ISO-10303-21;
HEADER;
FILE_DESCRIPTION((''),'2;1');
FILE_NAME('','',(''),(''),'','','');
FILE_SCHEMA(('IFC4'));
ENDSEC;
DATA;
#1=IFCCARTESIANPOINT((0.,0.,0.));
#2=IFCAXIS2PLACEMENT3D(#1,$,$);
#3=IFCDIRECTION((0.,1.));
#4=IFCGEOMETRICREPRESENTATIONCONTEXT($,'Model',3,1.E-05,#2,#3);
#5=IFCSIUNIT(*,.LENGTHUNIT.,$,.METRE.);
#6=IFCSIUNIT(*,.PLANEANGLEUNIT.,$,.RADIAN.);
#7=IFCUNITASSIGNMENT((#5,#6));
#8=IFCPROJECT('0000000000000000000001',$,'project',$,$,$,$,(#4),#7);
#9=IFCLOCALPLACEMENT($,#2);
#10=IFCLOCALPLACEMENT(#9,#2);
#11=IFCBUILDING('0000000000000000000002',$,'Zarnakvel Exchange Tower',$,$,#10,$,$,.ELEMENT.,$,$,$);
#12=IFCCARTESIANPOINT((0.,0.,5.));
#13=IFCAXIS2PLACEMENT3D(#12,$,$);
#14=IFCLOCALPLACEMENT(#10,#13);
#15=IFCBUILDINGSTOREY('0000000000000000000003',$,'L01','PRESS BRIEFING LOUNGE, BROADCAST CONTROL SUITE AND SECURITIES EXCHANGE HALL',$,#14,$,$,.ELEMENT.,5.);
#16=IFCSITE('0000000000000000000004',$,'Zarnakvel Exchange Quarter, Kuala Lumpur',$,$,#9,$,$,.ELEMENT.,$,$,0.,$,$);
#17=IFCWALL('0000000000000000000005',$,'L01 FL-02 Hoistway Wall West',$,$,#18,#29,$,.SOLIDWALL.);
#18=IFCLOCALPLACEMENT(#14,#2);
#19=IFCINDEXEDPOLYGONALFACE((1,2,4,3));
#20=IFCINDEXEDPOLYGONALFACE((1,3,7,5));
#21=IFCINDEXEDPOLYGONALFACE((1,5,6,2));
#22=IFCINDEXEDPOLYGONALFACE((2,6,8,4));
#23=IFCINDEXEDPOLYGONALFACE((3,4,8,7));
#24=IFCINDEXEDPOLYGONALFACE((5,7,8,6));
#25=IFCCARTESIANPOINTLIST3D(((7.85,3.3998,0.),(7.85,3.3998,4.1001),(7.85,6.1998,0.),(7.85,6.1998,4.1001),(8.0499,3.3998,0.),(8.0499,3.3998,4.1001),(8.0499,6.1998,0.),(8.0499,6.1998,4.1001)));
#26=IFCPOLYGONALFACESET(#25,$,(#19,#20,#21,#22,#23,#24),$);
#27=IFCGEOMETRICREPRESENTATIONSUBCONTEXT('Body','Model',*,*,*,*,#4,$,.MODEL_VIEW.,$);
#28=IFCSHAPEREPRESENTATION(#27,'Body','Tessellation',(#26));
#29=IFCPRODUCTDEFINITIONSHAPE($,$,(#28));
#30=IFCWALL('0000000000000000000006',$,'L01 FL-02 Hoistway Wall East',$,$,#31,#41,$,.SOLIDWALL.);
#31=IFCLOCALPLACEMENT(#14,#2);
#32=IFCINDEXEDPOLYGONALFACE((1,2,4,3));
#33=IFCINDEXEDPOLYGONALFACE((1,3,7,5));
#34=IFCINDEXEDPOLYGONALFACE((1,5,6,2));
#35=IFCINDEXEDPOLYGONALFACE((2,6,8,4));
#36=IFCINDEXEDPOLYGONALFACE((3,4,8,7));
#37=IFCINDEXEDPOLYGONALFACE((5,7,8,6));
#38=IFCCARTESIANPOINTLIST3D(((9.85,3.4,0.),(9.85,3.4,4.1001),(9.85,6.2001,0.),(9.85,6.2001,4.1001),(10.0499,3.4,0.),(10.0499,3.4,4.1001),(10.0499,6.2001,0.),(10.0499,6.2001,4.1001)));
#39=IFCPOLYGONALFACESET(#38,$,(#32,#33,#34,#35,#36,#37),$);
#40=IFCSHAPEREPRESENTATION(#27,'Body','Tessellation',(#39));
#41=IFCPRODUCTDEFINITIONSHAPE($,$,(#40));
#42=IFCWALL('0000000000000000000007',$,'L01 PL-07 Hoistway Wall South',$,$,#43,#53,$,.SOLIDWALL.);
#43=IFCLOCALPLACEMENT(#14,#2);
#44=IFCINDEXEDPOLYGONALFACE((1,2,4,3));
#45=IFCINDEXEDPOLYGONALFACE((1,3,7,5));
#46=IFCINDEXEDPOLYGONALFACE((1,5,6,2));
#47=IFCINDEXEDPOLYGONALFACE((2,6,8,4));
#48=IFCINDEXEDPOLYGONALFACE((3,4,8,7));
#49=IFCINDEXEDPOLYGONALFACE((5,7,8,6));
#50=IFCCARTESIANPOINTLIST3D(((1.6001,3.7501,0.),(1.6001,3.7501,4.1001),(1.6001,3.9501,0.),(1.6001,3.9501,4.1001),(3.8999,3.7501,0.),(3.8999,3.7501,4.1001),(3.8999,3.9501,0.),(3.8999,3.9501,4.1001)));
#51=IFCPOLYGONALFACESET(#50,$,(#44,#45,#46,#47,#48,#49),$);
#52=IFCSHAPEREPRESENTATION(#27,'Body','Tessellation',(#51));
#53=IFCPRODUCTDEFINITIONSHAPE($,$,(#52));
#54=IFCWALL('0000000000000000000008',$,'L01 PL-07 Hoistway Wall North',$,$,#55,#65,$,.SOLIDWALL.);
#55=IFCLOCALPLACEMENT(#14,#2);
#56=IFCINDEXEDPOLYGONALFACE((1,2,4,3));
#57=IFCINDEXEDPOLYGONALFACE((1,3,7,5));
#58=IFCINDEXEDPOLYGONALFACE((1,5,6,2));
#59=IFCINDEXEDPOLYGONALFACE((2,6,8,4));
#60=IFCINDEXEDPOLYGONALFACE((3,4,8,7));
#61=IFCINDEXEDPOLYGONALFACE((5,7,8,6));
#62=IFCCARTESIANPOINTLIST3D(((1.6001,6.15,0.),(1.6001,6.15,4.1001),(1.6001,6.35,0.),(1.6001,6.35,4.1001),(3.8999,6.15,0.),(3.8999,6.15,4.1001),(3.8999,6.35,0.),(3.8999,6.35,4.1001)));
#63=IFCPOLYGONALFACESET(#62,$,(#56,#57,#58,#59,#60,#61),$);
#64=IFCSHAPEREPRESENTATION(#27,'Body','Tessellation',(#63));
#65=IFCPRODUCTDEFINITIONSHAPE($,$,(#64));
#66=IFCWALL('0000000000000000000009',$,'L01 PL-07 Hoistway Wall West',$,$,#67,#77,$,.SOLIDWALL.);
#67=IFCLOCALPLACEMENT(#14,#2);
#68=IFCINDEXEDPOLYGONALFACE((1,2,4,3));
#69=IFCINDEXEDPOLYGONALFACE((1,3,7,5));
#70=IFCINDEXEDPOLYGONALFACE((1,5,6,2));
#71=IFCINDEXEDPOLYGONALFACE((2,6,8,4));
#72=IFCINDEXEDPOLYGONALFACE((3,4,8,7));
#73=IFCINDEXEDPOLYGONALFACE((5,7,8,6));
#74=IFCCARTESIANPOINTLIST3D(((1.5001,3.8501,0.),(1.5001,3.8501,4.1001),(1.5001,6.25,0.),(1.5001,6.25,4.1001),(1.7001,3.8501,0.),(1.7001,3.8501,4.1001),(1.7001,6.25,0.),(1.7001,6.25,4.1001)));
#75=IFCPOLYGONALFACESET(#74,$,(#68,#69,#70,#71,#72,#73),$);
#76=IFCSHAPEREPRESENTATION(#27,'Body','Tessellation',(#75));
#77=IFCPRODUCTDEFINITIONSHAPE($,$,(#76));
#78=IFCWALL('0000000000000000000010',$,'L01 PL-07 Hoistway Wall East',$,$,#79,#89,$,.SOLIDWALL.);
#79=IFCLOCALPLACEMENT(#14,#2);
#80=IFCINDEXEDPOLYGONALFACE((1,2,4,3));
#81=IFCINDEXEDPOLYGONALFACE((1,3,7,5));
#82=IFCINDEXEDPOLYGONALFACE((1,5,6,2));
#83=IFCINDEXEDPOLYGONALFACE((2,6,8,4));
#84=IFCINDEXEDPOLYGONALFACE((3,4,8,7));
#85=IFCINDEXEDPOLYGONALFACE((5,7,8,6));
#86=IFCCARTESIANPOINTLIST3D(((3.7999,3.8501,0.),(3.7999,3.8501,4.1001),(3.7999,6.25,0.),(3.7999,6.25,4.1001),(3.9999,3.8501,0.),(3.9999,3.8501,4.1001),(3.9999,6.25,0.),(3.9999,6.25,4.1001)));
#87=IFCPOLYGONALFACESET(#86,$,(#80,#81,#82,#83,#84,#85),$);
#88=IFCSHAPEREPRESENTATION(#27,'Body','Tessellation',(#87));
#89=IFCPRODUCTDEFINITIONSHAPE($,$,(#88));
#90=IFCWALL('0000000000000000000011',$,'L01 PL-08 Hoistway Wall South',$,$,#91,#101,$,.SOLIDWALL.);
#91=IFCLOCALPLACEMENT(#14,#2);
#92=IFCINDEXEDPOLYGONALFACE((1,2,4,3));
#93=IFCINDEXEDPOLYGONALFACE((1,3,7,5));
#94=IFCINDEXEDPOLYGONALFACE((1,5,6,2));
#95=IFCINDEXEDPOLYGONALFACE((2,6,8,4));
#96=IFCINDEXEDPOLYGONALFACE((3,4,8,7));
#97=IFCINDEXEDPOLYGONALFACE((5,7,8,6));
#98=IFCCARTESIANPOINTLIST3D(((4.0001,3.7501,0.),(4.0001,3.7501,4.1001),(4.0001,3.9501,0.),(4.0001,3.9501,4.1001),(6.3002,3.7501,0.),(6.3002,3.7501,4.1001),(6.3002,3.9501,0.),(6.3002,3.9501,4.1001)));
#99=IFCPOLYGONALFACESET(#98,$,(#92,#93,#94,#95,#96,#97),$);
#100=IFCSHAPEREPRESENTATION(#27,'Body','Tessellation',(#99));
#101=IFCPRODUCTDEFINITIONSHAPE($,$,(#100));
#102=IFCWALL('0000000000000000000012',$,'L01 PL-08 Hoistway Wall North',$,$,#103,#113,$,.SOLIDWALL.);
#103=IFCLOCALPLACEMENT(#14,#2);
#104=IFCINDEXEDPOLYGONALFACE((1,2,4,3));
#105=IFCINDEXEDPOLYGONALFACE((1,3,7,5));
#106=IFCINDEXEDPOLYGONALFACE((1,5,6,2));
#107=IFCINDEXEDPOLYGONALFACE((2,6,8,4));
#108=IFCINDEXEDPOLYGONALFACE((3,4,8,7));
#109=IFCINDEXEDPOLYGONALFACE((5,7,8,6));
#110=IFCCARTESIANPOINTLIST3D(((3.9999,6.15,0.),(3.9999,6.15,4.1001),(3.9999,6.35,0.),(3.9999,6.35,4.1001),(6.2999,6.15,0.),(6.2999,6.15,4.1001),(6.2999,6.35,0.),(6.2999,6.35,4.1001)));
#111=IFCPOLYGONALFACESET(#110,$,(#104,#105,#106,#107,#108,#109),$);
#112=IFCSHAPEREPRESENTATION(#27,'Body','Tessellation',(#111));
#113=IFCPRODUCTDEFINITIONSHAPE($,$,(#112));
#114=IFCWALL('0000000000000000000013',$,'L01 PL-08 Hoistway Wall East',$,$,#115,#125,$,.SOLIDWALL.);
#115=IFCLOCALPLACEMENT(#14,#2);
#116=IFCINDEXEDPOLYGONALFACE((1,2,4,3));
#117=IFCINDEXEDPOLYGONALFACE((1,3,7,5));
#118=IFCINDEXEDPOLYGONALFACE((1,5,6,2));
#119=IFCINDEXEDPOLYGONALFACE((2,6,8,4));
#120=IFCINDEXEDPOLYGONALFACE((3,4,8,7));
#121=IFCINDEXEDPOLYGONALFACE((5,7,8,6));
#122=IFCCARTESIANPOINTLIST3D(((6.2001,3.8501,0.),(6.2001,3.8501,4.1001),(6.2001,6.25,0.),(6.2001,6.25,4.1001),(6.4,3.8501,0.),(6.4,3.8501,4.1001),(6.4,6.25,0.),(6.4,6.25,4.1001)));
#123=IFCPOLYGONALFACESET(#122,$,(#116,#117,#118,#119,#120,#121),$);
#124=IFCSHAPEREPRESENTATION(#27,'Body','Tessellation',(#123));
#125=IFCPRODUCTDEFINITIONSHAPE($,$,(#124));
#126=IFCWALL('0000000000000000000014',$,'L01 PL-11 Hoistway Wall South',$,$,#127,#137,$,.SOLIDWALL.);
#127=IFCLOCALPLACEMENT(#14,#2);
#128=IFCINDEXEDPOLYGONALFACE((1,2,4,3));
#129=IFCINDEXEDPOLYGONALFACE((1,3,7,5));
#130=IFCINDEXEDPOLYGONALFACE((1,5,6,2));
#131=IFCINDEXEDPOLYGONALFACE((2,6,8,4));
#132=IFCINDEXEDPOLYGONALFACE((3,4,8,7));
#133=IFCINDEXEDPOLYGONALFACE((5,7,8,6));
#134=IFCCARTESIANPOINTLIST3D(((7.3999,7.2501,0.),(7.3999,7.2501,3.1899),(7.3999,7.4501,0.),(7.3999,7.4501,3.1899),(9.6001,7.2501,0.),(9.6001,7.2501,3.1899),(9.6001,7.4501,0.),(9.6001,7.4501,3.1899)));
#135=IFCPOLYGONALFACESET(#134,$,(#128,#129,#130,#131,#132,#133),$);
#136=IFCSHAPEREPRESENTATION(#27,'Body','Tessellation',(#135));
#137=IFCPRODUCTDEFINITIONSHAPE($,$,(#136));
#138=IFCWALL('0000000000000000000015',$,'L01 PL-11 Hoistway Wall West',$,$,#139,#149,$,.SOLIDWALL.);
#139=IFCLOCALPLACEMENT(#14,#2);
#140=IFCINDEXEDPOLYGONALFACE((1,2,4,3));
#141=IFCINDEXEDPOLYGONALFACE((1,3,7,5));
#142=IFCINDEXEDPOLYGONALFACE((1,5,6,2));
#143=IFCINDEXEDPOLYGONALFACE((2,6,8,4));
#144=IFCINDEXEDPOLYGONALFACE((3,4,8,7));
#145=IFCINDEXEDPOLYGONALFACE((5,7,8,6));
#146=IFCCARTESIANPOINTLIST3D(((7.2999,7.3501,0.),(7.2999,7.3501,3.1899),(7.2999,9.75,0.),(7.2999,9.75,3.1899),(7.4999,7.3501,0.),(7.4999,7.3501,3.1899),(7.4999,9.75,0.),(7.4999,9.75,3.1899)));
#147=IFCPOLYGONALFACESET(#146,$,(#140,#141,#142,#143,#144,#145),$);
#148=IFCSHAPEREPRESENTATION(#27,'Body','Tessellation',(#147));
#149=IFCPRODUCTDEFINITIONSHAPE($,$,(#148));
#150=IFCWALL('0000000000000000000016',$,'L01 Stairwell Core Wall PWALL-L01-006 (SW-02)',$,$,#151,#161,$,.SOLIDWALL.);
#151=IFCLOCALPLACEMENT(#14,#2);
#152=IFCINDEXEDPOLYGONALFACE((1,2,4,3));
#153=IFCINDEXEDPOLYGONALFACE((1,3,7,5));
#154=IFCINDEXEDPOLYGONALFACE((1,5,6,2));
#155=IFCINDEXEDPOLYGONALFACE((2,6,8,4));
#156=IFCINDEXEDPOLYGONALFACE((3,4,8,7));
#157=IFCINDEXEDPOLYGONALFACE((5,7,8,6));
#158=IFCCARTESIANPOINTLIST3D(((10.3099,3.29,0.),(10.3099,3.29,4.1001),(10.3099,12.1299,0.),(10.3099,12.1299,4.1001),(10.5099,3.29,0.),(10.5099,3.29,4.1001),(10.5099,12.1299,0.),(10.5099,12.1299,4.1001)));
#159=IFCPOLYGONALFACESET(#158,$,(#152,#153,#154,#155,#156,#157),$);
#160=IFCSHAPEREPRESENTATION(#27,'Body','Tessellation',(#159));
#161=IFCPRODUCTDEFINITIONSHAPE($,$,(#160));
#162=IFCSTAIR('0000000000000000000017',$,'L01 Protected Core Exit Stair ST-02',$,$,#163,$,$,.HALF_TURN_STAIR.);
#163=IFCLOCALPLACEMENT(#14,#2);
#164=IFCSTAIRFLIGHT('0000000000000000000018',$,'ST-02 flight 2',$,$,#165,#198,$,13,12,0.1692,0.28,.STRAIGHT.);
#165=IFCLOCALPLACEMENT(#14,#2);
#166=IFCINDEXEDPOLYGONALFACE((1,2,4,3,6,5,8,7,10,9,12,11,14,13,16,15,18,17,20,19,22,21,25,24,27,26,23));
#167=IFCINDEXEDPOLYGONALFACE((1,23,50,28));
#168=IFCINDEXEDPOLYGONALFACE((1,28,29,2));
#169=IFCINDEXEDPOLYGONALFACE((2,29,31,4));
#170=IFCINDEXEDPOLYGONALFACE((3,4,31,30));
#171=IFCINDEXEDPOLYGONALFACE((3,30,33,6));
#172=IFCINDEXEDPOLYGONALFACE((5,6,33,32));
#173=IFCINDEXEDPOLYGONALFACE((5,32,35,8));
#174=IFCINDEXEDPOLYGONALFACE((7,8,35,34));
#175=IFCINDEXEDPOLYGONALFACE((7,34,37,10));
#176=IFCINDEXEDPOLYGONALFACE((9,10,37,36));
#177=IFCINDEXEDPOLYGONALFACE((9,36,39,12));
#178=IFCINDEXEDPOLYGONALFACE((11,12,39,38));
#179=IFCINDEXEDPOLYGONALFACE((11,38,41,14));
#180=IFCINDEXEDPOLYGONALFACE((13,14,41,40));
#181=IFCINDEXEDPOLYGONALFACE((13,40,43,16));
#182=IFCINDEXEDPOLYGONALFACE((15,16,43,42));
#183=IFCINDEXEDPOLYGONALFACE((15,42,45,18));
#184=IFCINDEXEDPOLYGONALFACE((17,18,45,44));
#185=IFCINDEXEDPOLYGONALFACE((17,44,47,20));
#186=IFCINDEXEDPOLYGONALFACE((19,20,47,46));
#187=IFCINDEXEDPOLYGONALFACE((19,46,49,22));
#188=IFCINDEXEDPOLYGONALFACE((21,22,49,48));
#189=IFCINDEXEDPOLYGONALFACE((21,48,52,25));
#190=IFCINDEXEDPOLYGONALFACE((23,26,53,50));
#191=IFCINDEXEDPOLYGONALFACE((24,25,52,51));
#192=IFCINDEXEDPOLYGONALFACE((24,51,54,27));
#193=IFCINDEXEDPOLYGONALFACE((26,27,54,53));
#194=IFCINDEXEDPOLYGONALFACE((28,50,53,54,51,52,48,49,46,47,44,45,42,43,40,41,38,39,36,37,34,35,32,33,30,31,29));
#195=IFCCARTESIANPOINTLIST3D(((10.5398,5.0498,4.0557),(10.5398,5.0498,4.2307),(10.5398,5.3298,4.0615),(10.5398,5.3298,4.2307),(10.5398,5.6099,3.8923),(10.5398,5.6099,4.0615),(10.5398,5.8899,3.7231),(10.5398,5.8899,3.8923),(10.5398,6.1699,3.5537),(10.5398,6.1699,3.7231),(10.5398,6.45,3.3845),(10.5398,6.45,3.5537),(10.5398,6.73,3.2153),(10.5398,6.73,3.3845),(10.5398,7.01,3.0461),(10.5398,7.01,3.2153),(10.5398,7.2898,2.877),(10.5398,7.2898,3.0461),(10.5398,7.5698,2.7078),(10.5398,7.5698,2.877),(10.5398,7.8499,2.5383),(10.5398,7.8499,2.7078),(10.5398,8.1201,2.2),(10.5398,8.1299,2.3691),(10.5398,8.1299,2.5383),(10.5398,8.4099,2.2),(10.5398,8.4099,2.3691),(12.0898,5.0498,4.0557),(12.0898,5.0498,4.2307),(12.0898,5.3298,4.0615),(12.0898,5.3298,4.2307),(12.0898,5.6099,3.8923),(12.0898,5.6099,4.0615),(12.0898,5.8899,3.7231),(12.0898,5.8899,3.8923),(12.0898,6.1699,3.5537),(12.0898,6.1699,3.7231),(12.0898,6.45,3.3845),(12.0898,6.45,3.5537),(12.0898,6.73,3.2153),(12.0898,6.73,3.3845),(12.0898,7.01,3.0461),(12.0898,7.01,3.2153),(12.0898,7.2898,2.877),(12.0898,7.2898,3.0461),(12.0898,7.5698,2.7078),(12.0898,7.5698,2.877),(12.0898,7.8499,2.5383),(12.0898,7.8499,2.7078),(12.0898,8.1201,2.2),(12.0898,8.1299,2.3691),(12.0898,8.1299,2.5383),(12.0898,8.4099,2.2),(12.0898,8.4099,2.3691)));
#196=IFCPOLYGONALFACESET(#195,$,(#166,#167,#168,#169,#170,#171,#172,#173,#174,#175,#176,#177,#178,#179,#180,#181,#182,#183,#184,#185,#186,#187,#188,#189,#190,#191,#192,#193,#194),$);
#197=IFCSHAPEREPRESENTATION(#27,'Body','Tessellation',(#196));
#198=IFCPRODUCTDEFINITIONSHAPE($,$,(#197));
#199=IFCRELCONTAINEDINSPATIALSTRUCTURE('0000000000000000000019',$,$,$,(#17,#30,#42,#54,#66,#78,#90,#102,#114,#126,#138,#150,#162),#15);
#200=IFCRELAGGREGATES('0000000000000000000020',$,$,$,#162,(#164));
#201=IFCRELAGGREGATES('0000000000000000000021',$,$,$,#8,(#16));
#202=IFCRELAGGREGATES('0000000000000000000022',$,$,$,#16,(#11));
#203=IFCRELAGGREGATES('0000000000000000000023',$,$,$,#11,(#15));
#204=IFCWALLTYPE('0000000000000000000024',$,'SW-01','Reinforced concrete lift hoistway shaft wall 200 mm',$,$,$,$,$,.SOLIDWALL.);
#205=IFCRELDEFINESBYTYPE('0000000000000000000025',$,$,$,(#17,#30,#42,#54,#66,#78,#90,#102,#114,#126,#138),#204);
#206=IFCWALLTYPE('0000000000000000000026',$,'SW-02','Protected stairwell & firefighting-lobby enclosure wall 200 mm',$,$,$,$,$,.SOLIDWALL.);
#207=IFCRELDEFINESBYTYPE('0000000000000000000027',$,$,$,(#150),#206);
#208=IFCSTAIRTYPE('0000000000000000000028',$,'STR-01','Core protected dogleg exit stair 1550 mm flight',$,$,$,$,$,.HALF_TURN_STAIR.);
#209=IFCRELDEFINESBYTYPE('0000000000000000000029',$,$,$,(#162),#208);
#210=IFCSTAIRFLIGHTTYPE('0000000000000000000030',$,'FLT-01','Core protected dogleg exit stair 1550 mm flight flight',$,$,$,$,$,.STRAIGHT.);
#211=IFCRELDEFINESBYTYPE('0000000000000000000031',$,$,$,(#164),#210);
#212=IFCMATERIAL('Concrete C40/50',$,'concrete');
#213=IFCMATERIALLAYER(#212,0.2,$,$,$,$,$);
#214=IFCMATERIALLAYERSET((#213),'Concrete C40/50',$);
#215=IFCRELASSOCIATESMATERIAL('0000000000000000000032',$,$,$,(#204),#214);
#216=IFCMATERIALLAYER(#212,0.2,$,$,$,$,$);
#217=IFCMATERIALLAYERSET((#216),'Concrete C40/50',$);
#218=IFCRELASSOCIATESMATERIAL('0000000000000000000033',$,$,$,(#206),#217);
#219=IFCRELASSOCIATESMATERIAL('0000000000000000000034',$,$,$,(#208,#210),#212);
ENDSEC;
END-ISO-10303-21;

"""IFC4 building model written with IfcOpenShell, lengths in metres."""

from ifc_helpers import new_model, si_unit, direction, frame, frame_2d, origin, place, context, subcontext, project, spatial, polyline, rectangle, outline, extrude, material, layer, layer_set, type_object, element, aggregate, save


model = new_model("IFC4")

# Units and contexts
model_context = context("Model", 3, precision=1e-05, world=origin(), true_north=direction((0.0, 1.0)))
body_context = subcontext(model_context, "Body", "Model", "MODEL_VIEW")
ifc_project = project(units=[si_unit("LENGTHUNIT", "METRE"), si_unit("PLANEANGLEUNIT", "RADIAN")], contexts=[model_context])

# Site, building, storey
site_placement = place(None, origin())
site = spatial("IfcSite", under=ifc_project, at=site_placement, Name="Zarnakvel Exchange Quarter, Kuala Lumpur", CompositionType="ELEMENT", RefElevation=0.0)
building_placement = place(site_placement, origin())
building = spatial("IfcBuilding", under=site, at=building_placement, Name="Zarnakvel Exchange Tower", CompositionType="ELEMENT")
storey_placement = place(building_placement, frame((0.0, 0.0, 5.0)))
storey = spatial("IfcBuildingStorey", under=building, at=storey_placement, Name="L01", Description="PRESS BRIEFING LOUNGE, BROADCAST CONTROL SUITE AND SECURITIES EXCHANGE HALL", CompositionType="ELEMENT", Elevation=5.0)

# Shared definitions
ifc_material_1 = material(Name="Concrete C40/50", Category="concrete")
ifc_layer_1 = layer(ifc_material_1, 0.2)
ifc_layer_set_1 = layer_set([ifc_layer_1], Name="Concrete C40/50")
wall_type_1 = type_object("IfcWallType", Name="SW-01", Description="Reinforced concrete lift hoistway shaft wall 200 mm", PredefinedType="SOLIDWALL", material=ifc_layer_set_1)

# Walls
for number, where, z_axis, x_axis, name in (
    (1, (7.95, 3.3999, 0.0), (0.0, 0.0, 1.0), (0.0, 1.0, 0.0), "L01 FL-02 Hoistway Wall West"),
    (2, (9.95, 6.2, 0.0), (0.0, 0.0, 1.0), (0.0, -1.0, 0.0), "L01 FL-02 Hoistway Wall East"),
):
    element("IfcWall", number, at=place(storey_placement, frame(where, z_axis=z_axis, x_axis=x_axis)), inside=storey, type_object=wall_type_1, Name=name, PredefinedType="SOLIDWALL", context=body_context, shape_type="SweptSolid", body=[
        extrude(rectangle(XDim=2.8, YDim=0.2, at=frame_2d((1.3999, 0.0))), origin(), (0.0, 0.0, 1.0), 4.1001),
    ])
for number, where, z_axis, x_axis, name in (
    (3, (3.8999, 3.8501, 0.0), (0.0, 0.0, 1.0), (-1.0, 0.0, 0.0), "L01 PL-07 Hoistway Wall South"),
    (4, (1.6001, 6.25, 0.0), (0.0, 0.0, 1.0), (1.0, 0.0, 0.0), "L01 PL-07 Hoistway Wall North"),
):
    element("IfcWall", number, at=place(storey_placement, frame(where, z_axis=z_axis, x_axis=x_axis)), inside=storey, type_object=wall_type_1, Name=name, PredefinedType="SOLIDWALL", context=body_context, shape_type="SweptSolid", body=[
        extrude(rectangle(XDim=2.2998, YDim=0.2, at=frame_2d((1.1499, 0.0))), origin(), (0.0, 0.0, 1.0), 4.1001),
    ])
for number, where, z_axis, x_axis, name in (
    (5, (1.6001, 3.8501, 0.0), (0.0, 0.0, 1.0), (0.0, 1.0, 0.0), "L01 PL-07 Hoistway Wall West"),
    (6, (3.8999, 6.25, 0.0), (0.0, 0.0, 1.0), (0.0, -1.0, 0.0), "L01 PL-07 Hoistway Wall East"),
):
    element("IfcWall", number, at=place(storey_placement, frame(where, z_axis=z_axis, x_axis=x_axis)), inside=storey, type_object=wall_type_1, Name=name, PredefinedType="SOLIDWALL", context=body_context, shape_type="SweptSolid", body=[
        extrude(rectangle(XDim=2.3999, YDim=0.2, at=frame_2d((1.2, 0.0))), origin(), (0.0, 0.0, 1.0), 4.1001),
    ])
for number, where, z_axis, x_axis, name in (
    (7, (6.3, 3.8501, 0.0), (0.0, 0.0, 1.0), (-1.0, 0.0, 0.0), "L01 PL-08 Hoistway Wall South"),
    (8, (4.0, 6.25, 0.0), (0.0, 0.0, 1.0), (1.0, 0.0, 0.0), "L01 PL-08 Hoistway Wall North"),
):
    element("IfcWall", number, at=place(storey_placement, frame(where, z_axis=z_axis, x_axis=x_axis)), inside=storey, type_object=wall_type_1, Name=name, PredefinedType="SOLIDWALL", context=body_context, shape_type="SweptSolid", body=[
        extrude(rectangle(XDim=2.3, YDim=0.2, at=frame_2d((1.1499, 0.0))), origin(), (0.0, 0.0, 1.0), 4.1001),
    ])
wall_1_placement = place(storey_placement, frame((6.3, 6.25, 0.0), z_axis=(0.0, 0.0, 1.0), x_axis=(0.0, -1.0, 0.0)))
element("IfcWall", 9, at=wall_1_placement, inside=storey, type_object=wall_type_1, Name="L01 PL-08 Hoistway Wall East", PredefinedType="SOLIDWALL", context=body_context, shape_type="SweptSolid", body=[
    extrude(rectangle(XDim=2.3999, YDim=0.2, at=frame_2d((1.2, 0.0))), origin(), (0.0, 0.0, 1.0), 4.1001),
])
wall_2_placement = place(storey_placement, frame((9.6001, 7.3501, 0.0), z_axis=(0.0, 0.0, 1.0), x_axis=(-1.0, 0.0, 0.0)))
element("IfcWall", 10, at=wall_2_placement, inside=storey, type_object=wall_type_1, Name="L01 PL-11 Hoistway Wall South", PredefinedType="SOLIDWALL", context=body_context, shape_type="SweptSolid", body=[
    extrude(rectangle(XDim=2.2002, YDim=0.2, at=frame_2d((1.1001, 0.0))), origin(), (0.0, 0.0, 1.0), 3.1899),
])
wall_3_placement = place(storey_placement, frame((7.3999, 7.3501, 0.0), z_axis=(0.0, 0.0, 1.0), x_axis=(0.0, 1.0, 0.0)))
element("IfcWall", 11, at=wall_3_placement, inside=storey, type_object=wall_type_1, Name="L01 PL-11 Hoistway Wall West", PredefinedType="SOLIDWALL", context=body_context, shape_type="SweptSolid", body=[
    extrude(rectangle(XDim=2.3999, YDim=0.2, at=frame_2d((1.2, 0.0))), origin(), (0.0, 0.0, 1.0), 3.1899),
])
ifc_layer_2 = layer(ifc_material_1, 0.2)
ifc_layer_set_2 = layer_set([ifc_layer_2], Name="Concrete C40/50")
wall_type_2 = type_object("IfcWallType", Name="SW-02", Description="Protected stairwell & firefighting-lobby enclosure wall 200 mm", PredefinedType="SOLIDWALL", material=ifc_layer_set_2)
wall_4_placement = place(storey_placement, frame((10.4099, 3.29, 0.0), z_axis=(0.0, 0.0, 1.0), x_axis=(0.0, 1.0, 0.0)))
element("IfcWall", 12, at=wall_4_placement, inside=storey, type_object=wall_type_2, Name="L01 Stairwell Core Wall PWALL-L01-006 (SW-02)", PredefinedType="SOLIDWALL", context=body_context, shape_type="SweptSolid", body=[
    extrude(rectangle(XDim=8.8398, YDim=0.2, at=frame_2d((4.4199, 0.0))), origin(), (0.0, 0.0, 1.0), 4.1001),
])

# Stair, stair flight
stair_type = type_object("IfcStairType", Name="STR-01", Description="Core protected dogleg exit stair 1550 mm flight", PredefinedType="HALF_TURN_STAIR", material=ifc_material_1)
stair_placement = place(storey_placement, origin())
stair = element("IfcStair", 13, at=stair_placement, inside=storey, type_object=stair_type, Name="L01 Protected Core Exit Stair ST-02", PredefinedType="HALF_TURN_STAIR")
stair_flight_type = type_object("IfcStairFlightType", Name="FLT-01", Description="Core protected dogleg exit stair 1550 mm flight flight", PredefinedType="STRAIGHT", material=ifc_material_1)
stair_flight_placement = place(storey_placement, frame((11.3149, 8.4099, 2.2), z_axis=(0.0, 0.0, 1.0), x_axis=(0.0, -1.0, 0.0)))
stair_flight = element("IfcStairFlight", 14, at=stair_flight_placement, type_object=stair_flight_type, Name="ST-02 flight 2", NumberOfRisers=13, NumberOfTreads=12, PredefinedType="STRAIGHT", RiserHeight=0.1692, TreadLength=0.28, context=body_context, shape_type="SweptSolid", body=[
    extrude(outline(polyline([(0.0, 0.0), (0.0, 0.1692), (0.28, 0.1692), (0.28, 0.3384), (0.5601, 0.3384), (0.5601, 0.5078), (0.8401, 0.5078), (0.8401, 0.677), (1.1201, 0.677), (1.1201, 0.8462), (1.3999, 0.8462), (1.3999, 1.0154), (1.6799, 1.0154), (1.6799, 1.1846), (1.96, 1.1846), (1.96, 1.3538), (2.24, 1.3538), (2.24, 1.5232), (2.52, 1.5232), (2.52, 1.6924), (2.8, 1.6924), (2.8, 1.8616), (3.0801, 1.8616), (3.0801, 2.0308), (3.3601, 2.0308), (3.3601, 2.2), (3.3601, 1.8557), (0.2898, 0.0), (0.0, 0.0)])), frame((0.0, 0.7749, 0.0), z_axis=(0.0, -1.0, 0.0), x_axis=(1.0, 0.0, 0.0)), (0.0, 0.0, 1.0), 1.55),
])
aggregate(stair, [stair_flight])

save(model, "model.ifc")
